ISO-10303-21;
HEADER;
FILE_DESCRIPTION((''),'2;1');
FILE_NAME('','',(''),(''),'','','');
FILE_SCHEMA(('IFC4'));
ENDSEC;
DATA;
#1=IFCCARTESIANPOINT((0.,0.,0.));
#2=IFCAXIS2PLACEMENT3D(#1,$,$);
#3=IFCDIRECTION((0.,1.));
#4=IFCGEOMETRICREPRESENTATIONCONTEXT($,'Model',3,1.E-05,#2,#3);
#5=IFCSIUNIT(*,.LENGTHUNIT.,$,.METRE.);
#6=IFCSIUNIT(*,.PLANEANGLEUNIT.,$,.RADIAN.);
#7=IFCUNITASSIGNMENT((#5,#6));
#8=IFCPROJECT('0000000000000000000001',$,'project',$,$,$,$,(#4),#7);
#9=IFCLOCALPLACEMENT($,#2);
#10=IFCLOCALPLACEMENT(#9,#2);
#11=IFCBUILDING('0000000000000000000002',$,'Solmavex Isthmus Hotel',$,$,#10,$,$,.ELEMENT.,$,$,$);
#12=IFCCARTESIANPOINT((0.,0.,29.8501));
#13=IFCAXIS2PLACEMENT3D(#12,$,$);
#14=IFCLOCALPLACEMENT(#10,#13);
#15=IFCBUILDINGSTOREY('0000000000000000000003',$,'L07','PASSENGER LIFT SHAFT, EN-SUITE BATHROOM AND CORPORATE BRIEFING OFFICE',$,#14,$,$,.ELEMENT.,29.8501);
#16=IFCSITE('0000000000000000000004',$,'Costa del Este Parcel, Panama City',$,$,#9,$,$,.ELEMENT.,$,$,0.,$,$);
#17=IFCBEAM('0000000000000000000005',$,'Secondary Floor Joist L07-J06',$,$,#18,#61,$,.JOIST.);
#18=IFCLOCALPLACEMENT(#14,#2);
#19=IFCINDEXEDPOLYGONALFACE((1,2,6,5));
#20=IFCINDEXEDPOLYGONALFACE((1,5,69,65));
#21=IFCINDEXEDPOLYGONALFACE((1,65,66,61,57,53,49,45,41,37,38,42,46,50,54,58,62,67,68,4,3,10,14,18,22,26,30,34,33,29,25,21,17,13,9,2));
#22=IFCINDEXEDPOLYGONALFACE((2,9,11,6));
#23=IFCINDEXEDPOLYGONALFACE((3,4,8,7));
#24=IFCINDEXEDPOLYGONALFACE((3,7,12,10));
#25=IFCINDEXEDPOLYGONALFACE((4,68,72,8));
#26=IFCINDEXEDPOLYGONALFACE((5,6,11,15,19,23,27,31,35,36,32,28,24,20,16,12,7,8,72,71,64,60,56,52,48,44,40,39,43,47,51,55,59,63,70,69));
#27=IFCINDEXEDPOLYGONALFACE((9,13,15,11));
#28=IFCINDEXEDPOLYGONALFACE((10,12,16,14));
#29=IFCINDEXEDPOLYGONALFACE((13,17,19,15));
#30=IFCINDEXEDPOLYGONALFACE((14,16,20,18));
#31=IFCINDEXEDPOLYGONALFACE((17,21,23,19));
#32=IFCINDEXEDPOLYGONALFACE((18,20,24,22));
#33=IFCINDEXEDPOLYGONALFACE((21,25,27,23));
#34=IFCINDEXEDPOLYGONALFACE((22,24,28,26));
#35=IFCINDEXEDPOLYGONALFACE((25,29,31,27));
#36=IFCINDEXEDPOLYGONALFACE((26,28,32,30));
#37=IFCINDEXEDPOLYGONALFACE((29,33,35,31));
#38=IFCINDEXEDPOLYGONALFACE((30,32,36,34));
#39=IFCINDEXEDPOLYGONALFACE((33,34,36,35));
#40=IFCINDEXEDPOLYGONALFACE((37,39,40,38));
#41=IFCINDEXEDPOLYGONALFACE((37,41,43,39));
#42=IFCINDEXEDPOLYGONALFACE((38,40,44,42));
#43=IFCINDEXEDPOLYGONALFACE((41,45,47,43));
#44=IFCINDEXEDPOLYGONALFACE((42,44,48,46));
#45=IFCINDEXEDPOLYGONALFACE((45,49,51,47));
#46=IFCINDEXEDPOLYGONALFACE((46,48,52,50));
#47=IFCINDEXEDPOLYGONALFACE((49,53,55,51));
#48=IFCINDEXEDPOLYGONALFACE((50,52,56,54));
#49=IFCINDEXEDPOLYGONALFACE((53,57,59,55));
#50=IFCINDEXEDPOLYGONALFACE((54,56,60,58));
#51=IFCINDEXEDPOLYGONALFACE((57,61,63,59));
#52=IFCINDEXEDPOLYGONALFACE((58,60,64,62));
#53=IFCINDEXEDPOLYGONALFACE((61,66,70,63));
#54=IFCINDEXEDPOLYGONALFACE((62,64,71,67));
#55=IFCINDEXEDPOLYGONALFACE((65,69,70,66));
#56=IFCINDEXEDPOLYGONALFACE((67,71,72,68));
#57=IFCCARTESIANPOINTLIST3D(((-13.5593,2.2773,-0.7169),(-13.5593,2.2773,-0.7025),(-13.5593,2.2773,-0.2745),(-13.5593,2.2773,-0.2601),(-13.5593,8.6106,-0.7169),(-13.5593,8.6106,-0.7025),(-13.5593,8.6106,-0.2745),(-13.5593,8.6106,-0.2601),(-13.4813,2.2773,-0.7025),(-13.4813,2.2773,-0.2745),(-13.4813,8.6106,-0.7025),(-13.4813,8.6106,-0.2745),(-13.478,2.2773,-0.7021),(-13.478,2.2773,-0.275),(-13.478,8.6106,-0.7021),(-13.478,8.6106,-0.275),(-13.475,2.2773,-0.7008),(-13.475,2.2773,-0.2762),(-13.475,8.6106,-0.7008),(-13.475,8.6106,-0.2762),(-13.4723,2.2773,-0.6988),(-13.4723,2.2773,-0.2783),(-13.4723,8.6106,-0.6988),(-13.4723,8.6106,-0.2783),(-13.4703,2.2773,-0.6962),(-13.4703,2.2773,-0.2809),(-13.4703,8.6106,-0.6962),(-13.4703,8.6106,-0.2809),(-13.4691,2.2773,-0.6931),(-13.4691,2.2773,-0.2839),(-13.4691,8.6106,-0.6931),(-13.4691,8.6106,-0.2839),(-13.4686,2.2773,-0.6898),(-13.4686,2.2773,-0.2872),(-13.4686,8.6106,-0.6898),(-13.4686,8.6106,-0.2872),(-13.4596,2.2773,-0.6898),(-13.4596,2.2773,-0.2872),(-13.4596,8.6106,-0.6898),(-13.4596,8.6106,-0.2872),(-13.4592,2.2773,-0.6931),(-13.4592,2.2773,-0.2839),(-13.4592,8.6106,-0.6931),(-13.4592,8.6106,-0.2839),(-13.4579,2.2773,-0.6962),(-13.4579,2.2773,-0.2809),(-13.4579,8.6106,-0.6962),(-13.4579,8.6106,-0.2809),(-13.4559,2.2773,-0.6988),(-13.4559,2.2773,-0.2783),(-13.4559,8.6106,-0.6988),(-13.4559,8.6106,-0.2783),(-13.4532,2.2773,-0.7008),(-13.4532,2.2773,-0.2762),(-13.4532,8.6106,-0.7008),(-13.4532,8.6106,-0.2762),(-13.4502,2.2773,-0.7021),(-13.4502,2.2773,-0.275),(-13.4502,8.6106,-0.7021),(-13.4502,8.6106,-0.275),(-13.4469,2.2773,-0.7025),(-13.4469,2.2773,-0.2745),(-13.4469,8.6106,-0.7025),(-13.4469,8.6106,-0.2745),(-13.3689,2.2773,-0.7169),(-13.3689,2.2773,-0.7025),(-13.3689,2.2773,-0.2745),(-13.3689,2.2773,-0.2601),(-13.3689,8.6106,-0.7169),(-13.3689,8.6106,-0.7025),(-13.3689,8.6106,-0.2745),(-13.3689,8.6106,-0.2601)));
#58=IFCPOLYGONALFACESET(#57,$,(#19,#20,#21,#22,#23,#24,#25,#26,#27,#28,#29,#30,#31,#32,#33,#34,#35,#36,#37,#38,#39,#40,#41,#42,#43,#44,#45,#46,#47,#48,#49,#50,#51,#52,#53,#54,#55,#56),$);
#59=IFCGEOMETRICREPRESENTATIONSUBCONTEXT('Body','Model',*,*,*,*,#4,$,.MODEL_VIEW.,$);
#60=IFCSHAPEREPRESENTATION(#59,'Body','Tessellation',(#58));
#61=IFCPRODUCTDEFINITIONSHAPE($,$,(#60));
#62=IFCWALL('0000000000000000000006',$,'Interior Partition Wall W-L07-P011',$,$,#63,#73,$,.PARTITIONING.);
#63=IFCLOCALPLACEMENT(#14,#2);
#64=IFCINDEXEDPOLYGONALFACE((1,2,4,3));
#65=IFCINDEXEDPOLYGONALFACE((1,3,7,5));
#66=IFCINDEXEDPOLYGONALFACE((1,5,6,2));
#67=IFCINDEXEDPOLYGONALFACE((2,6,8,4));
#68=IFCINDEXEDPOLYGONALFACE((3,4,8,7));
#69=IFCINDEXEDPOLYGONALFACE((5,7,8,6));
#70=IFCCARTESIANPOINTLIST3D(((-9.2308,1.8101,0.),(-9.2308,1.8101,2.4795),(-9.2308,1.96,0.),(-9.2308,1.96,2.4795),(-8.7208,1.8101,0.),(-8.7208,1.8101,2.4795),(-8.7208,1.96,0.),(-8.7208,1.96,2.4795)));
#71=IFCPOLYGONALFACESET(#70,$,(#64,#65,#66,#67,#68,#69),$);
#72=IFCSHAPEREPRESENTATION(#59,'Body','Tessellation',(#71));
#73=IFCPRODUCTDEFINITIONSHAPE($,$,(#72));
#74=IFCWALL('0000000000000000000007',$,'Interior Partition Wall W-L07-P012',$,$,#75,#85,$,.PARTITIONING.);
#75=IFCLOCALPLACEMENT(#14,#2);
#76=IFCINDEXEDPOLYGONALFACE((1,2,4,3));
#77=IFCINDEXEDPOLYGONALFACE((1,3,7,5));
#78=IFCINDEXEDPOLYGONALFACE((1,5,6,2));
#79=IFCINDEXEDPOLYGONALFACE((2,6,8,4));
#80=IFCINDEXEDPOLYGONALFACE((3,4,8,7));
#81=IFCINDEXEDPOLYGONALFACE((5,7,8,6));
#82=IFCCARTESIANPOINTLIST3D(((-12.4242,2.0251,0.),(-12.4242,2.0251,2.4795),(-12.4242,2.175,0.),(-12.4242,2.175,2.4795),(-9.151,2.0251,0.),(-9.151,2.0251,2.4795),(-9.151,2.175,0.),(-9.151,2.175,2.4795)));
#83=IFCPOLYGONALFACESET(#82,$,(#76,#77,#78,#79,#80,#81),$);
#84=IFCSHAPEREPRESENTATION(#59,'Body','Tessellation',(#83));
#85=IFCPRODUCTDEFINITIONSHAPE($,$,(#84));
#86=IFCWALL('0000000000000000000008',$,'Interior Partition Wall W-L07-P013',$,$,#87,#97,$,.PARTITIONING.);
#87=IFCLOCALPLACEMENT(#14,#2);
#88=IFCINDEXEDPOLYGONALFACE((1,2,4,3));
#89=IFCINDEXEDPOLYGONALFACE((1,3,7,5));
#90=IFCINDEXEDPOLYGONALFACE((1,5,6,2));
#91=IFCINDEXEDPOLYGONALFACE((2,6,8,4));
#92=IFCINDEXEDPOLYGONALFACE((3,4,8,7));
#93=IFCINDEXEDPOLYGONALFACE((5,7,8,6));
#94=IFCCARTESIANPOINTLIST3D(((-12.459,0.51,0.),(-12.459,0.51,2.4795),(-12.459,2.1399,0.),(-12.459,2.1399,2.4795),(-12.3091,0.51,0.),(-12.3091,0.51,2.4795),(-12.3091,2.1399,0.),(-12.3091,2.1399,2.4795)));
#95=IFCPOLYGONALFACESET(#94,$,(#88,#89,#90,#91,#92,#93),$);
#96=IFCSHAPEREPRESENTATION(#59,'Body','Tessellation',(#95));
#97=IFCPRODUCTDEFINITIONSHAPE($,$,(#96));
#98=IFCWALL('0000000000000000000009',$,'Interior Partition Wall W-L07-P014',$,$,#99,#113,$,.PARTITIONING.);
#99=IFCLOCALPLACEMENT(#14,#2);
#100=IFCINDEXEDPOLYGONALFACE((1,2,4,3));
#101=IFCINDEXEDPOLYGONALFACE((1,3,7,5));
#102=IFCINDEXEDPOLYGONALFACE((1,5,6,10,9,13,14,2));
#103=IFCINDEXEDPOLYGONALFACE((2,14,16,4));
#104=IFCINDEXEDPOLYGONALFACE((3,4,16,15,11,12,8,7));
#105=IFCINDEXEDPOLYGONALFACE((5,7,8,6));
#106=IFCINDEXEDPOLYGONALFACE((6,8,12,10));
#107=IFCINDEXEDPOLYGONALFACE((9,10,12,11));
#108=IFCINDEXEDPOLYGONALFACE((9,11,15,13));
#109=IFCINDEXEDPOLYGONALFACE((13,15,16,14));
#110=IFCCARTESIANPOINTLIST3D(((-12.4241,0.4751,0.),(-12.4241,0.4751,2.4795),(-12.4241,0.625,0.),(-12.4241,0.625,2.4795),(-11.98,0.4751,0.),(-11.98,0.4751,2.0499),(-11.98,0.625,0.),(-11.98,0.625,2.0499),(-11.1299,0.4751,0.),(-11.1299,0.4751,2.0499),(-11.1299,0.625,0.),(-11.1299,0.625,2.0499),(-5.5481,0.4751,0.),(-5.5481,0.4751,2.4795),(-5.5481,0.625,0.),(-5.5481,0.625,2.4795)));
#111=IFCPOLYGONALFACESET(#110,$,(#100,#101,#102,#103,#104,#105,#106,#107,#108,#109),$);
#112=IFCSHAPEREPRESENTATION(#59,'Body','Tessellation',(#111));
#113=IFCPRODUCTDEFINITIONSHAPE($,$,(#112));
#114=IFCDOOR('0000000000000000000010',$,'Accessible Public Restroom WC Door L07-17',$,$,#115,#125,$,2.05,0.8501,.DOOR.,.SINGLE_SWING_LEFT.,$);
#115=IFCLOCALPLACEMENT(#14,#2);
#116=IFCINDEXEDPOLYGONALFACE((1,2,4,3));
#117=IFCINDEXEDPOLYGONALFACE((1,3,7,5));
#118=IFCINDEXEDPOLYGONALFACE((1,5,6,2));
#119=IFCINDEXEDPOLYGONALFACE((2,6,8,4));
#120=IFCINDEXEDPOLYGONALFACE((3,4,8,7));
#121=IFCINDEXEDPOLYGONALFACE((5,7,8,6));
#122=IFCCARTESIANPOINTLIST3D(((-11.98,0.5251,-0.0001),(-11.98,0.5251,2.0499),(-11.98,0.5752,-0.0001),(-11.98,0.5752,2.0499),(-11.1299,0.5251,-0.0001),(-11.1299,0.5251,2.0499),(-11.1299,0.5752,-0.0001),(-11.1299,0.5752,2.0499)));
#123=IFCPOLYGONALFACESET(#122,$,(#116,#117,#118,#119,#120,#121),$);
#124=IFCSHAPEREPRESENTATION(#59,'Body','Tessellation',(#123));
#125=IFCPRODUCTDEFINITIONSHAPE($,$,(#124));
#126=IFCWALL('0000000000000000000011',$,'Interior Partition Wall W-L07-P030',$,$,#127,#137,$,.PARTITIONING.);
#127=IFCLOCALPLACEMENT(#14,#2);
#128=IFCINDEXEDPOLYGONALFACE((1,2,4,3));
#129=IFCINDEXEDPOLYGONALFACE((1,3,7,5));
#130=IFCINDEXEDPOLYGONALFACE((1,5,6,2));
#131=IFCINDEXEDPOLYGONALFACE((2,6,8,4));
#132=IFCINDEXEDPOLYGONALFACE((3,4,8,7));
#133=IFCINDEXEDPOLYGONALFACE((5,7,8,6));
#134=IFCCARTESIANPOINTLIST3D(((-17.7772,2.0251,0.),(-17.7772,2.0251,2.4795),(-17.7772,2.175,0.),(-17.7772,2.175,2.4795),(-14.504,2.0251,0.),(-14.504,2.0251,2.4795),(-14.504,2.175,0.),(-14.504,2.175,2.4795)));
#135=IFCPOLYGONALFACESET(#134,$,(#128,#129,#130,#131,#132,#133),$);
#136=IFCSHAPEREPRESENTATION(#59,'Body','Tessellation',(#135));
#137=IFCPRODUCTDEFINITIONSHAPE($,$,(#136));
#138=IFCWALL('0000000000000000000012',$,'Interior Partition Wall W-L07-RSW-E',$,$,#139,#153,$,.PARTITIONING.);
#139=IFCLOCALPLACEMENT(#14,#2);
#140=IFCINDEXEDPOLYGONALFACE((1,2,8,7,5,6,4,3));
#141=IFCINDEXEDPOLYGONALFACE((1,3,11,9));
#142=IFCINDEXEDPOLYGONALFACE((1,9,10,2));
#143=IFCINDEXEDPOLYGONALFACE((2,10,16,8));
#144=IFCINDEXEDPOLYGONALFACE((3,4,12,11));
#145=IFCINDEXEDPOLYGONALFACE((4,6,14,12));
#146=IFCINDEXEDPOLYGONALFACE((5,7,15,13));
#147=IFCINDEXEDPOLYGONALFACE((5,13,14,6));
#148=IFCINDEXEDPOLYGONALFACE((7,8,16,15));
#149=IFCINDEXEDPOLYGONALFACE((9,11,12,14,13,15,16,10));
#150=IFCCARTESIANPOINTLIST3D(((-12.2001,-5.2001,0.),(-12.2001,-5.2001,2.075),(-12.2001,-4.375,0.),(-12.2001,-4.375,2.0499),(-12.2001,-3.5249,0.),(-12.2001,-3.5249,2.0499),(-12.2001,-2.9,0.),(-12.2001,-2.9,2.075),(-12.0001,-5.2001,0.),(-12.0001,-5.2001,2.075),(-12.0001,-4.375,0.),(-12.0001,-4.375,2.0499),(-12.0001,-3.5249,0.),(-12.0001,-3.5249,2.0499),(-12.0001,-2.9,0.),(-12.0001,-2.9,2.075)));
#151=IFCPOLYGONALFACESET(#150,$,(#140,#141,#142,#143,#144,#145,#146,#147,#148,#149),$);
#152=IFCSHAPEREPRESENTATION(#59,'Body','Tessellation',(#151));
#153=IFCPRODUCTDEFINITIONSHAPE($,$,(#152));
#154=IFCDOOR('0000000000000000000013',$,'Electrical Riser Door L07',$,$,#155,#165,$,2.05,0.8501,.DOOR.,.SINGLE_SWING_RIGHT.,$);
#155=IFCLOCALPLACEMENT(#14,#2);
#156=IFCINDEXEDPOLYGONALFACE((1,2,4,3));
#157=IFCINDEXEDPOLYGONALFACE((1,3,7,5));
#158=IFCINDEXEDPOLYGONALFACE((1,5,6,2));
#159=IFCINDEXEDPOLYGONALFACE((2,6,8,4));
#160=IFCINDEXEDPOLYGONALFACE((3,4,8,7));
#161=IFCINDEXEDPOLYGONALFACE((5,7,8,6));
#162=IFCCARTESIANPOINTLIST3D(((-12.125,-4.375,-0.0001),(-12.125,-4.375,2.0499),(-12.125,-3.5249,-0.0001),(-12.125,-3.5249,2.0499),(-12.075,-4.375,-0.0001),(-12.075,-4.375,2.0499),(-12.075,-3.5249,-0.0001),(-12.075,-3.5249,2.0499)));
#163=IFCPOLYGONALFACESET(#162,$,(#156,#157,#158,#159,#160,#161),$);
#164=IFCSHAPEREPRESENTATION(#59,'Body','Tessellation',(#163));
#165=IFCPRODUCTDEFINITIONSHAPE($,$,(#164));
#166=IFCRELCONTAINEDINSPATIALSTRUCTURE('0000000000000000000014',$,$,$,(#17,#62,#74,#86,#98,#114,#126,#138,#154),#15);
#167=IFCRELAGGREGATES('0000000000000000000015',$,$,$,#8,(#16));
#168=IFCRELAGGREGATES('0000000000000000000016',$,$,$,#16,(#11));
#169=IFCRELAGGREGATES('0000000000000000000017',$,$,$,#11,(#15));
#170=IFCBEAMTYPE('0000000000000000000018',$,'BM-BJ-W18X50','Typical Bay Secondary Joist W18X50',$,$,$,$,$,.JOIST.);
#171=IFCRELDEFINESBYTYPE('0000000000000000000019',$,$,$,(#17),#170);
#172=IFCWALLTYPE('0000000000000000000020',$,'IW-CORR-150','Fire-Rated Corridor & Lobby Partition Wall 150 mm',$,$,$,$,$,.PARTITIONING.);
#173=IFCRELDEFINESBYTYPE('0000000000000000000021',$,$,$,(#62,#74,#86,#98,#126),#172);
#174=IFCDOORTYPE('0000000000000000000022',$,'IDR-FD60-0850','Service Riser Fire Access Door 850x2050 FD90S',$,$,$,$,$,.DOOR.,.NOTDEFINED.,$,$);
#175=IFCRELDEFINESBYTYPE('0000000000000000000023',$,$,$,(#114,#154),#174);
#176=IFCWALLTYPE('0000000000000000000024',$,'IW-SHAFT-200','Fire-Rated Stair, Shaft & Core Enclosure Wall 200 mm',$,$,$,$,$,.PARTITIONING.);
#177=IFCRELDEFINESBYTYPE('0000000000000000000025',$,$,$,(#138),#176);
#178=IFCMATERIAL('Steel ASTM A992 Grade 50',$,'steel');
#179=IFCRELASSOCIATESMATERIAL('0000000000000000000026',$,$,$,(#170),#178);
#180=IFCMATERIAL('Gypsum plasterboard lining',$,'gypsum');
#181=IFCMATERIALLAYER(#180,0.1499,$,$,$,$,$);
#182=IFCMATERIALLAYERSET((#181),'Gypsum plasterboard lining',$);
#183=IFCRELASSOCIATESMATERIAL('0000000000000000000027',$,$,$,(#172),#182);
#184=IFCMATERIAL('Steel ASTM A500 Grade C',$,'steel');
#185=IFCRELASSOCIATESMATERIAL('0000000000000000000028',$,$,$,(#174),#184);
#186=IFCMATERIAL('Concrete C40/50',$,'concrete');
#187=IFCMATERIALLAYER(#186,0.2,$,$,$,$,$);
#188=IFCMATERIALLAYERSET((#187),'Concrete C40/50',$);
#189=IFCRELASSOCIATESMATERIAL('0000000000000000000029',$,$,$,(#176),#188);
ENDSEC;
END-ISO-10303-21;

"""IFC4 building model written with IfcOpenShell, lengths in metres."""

from ifc_helpers import new_model, si_unit, direction, frame, frame_2d, origin, origin_2d, place, context, subcontext, project, spatial, rectangle, i_section, extrude, material, layer, layer_set, material_profile, profile_set, type_object, element, fill, save


model = new_model("IFC4")

# Units and contexts
model_context = context("Model", 3, precision=1e-05, world=origin(), true_north=direction((0.0, 1.0)))
body_context = subcontext(model_context, "Body", "Model", "MODEL_VIEW")
ifc_project = project(units=[si_unit("LENGTHUNIT", "METRE"), si_unit("PLANEANGLEUNIT", "RADIAN")], contexts=[model_context])

# Site, building, storey
site_placement = place(None, origin())
site = spatial("IfcSite", under=ifc_project, at=site_placement, Name="Costa del Este Parcel, Panama City", CompositionType="ELEMENT", RefElevation=0.0)
building_placement = place(site_placement, origin())
building = spatial("IfcBuilding", under=site, at=building_placement, Name="Solmavex Isthmus Hotel", CompositionType="ELEMENT")
storey_placement = place(building_placement, frame((0.0, 0.0, 29.8501)))
storey = spatial("IfcBuildingStorey", under=building, at=storey_placement, Name="L07", Description="PASSENGER LIFT SHAFT, EN-SUITE BATHROOM AND CORPORATE BRIEFING OFFICE", CompositionType="ELEMENT", Elevation=29.8501)

# Beam
ifc_material_1 = material(Name="Steel ASTM A992 Grade 50", Category="steel")
ifc_material_profile_1 = material_profile(ifc_material_1, i_section(OverallWidth=0.1904, OverallDepth=0.4568, WebThickness=0.009, FlangeThickness=0.0144, FilletRadius=0.0127, at=origin_2d()), Name="W18X50")
ifc_profile_set_1 = profile_set([ifc_material_profile_1], Name="Steel ASTM A992 Grade 50")
beam_type_1 = type_object("IfcBeamType", Name="BM-BJ-W18X50", Description="Typical Bay Secondary Joist W18X50", PredefinedType="JOIST", material=ifc_profile_set_1)
beam_1_placement = place(storey_placement, frame((-13.4641, 2.2773, -0.4885), z_axis=(0.0, 1.0, 0.0), x_axis=(-1.0, 0.0, 0.0)))
element("IfcBeam", 1, at=beam_1_placement, inside=storey, type_object=beam_type_1, Name="Secondary Floor Joist L07-J06", PredefinedType="JOIST", context=body_context, shape_type="SweptSolid", body=[
    extrude(i_section(OverallWidth=0.1904, OverallDepth=0.4568, WebThickness=0.009, FlangeThickness=0.0144, FilletRadius=0.0127, at=origin_2d()), origin(), (0.0, 0.0, 1.0), 6.3333),
])

# Walls
ifc_material_2 = material(Name="Gypsum plasterboard lining", Category="gypsum")
ifc_layer_1 = layer(ifc_material_2, 0.1499)
ifc_layer_set_1 = layer_set([ifc_layer_1], Name="Gypsum plasterboard lining")
wall_type_1 = type_object("IfcWallType", Name="IW-CORR-150", Description="Fire-Rated Corridor & Lobby Partition Wall 150 mm", PredefinedType="PARTITIONING", material=ifc_layer_set_1)
wall_1_placement = place(storey_placement, frame((-8.7209, 1.885, 0.0), z_axis=(0.0, 0.0, 1.0), x_axis=(-1.0, 0.0, 0.0)))
element("IfcWall", 2, at=wall_1_placement, inside=storey, type_object=wall_type_1, Name="Interior Partition Wall W-L07-P011", PredefinedType="PARTITIONING", context=body_context, shape_type="SweptSolid", body=[
    extrude(rectangle(XDim=0.51, YDim=0.1499, at=frame_2d((0.2549, 0.0))), origin(), (0.0, 0.0, 1.0), 2.4795),
])
wall_2_placement = place(storey_placement, frame((-9.1509, 2.1001, 0.0), z_axis=(0.0, 0.0, 1.0), x_axis=(-1.0, 0.0, 0.0)))
element("IfcWall", 3, at=wall_2_placement, inside=storey, type_object=wall_type_1, Name="Interior Partition Wall W-L07-P012", PredefinedType="PARTITIONING", context=body_context, shape_type="SweptSolid", body=[
    extrude(rectangle(XDim=3.2732, YDim=0.1499, at=frame_2d((1.6367, 0.0))), origin(), (0.0, 0.0, 1.0), 2.4795),
])
wall_3_placement = place(storey_placement, frame((-12.384, 2.1399, 0.0), z_axis=(0.0, 0.0, 1.0), x_axis=(0.0, -1.0, 0.0)))
element("IfcWall", 4, at=wall_3_placement, inside=storey, type_object=wall_type_1, Name="Interior Partition Wall W-L07-P013", PredefinedType="PARTITIONING", context=body_context, shape_type="SweptSolid", body=[
    extrude(rectangle(XDim=1.6299, YDim=0.1499, at=frame_2d((0.8149, 0.0))), origin(), (0.0, 0.0, 1.0), 2.4795),
])

# Wall, opening, door
wall_4_placement = place(storey_placement, frame((-12.4241, 0.55, 0.0), z_axis=(0.0, 0.0, 1.0), x_axis=(1.0, 0.0, 0.0)))
wall_4 = element("IfcWall", 5, at=wall_4_placement, inside=storey, type_object=wall_type_1, Name="Interior Partition Wall W-L07-P014", PredefinedType="PARTITIONING", context=body_context, shape_type="SweptSolid", body=[
    extrude(rectangle(XDim=6.876, YDim=0.1499, at=frame_2d((3.438, 0.0))), origin(), (0.0, 0.0, 1.0), 2.4795),
])
opening_1_placement = place(wall_4_placement, frame((0.4441, 0.0, 0.0)))
opening_1 = element("IfcOpeningElement", 6, at=opening_1_placement, cuts=wall_4, PredefinedType="OPENING", context=body_context, shape_type="SweptSolid", body=[
    extrude(rectangle(XDim=0.8501, YDim=2.05, at=frame_2d((0.425, 1.0249))), frame((0.0, 0.085, 0.0), z_axis=(0.0, -1.0, 0.0), x_axis=(1.0, 0.0, 0.0)), (0.0, 0.0, 1.0), 0.1699),
])
ifc_material_3 = material(Name="Steel ASTM A500 Grade C", Category="steel")
door_type_1 = type_object("IfcDoorType", Name="IDR-FD60-0850", Description="Service Riser Fire Access Door 850x2050 FD90S", OperationType="NOTDEFINED", PredefinedType="DOOR", material=ifc_material_3)
door_1_placement = place(opening_1_placement, frame((0.8501, 0.0, 0.0), z_axis=(0.0, 0.0, 1.0), x_axis=(-1.0, 0.0, 0.0)))
door_1 = element("IfcDoor", 7, at=door_1_placement, inside=storey, type_object=door_type_1, Name="Accessible Public Restroom WC Door L07-17", OperationType="SINGLE_SWING_LEFT", OverallHeight=2.05, OverallWidth=0.8501, PredefinedType="DOOR", context=body_context, shape_type="SweptSolid", body=[
    extrude(rectangle(XDim=0.8501, YDim=2.05, at=frame_2d((0.425, 1.0249))), frame((0.0, 0.0249, 0.0), z_axis=(0.0, -1.0, 0.0), x_axis=(1.0, 0.0, 0.0)), (0.0, 0.0, 1.0), 0.05),
])
fill(opening_1, door_1)

# Wall
wall_5_placement = place(storey_placement, frame((-14.5039, 2.1001, 0.0), z_axis=(0.0, 0.0, 1.0), x_axis=(-1.0, 0.0, 0.0)))
element("IfcWall", 8, at=wall_5_placement, inside=storey, type_object=wall_type_1, Name="Interior Partition Wall W-L07-P030", PredefinedType="PARTITIONING", context=body_context, shape_type="SweptSolid", body=[
    extrude(rectangle(XDim=3.2732, YDim=0.1499, at=frame_2d((1.6367, 0.0))), origin(), (0.0, 0.0, 1.0), 2.4795),
])

# Wall, opening, door
ifc_material_4 = material(Name="Concrete C40/50", Category="concrete")
ifc_layer_2 = layer(ifc_material_4, 0.2)
ifc_layer_set_2 = layer_set([ifc_layer_2], Name="Concrete C40/50")
wall_type_2 = type_object("IfcWallType", Name="IW-SHAFT-200", Description="Fire-Rated Stair, Shaft & Core Enclosure Wall 200 mm", PredefinedType="PARTITIONING", material=ifc_layer_set_2)
wall_6_placement = place(storey_placement, frame((-12.1001, -5.2, 0.0), z_axis=(0.0, 0.0, 1.0), x_axis=(0.0, 1.0, 0.0)))
wall_6 = element("IfcWall", 9, at=wall_6_placement, inside=storey, type_object=wall_type_2, Name="Interior Partition Wall W-L07-RSW-E", PredefinedType="PARTITIONING", context=body_context, shape_type="SweptSolid", body=[
    extrude(rectangle(XDim=2.3, YDim=0.2, at=frame_2d((1.1499, 0.0))), origin(), (0.0, 0.0, 1.0), 2.075),
])
opening_2_placement = place(wall_6_placement, frame((0.825, 0.0, 0.0)))
opening_2 = element("IfcOpeningElement", 10, at=opening_2_placement, cuts=wall_6, PredefinedType="OPENING", context=body_context, shape_type="SweptSolid", body=[
    extrude(rectangle(XDim=0.8501, YDim=2.05, at=frame_2d((0.425, 1.0249))), frame((0.0, 0.1099, 0.0), z_axis=(0.0, -1.0, 0.0), x_axis=(1.0, 0.0, 0.0)), (0.0, 0.0, 1.0), 0.22),
])
door_2_placement = place(opening_2_placement, origin())
door_2 = element("IfcDoor", 11, at=door_2_placement, inside=storey, type_object=door_type_1, Name="Electrical Riser Door L07", OperationType="SINGLE_SWING_RIGHT", OverallHeight=2.05, OverallWidth=0.8501, PredefinedType="DOOR", context=body_context, shape_type="SweptSolid", body=[
    extrude(rectangle(XDim=0.8501, YDim=2.05, at=frame_2d((0.425, 1.0249))), frame((0.0, 0.0249, 0.0), z_axis=(0.0, -1.0, 0.0), x_axis=(1.0, 0.0, 0.0)), (0.0, 0.0, 1.0), 0.05),
])
fill(opening_2, door_2)

save(model, "model.ifc")
